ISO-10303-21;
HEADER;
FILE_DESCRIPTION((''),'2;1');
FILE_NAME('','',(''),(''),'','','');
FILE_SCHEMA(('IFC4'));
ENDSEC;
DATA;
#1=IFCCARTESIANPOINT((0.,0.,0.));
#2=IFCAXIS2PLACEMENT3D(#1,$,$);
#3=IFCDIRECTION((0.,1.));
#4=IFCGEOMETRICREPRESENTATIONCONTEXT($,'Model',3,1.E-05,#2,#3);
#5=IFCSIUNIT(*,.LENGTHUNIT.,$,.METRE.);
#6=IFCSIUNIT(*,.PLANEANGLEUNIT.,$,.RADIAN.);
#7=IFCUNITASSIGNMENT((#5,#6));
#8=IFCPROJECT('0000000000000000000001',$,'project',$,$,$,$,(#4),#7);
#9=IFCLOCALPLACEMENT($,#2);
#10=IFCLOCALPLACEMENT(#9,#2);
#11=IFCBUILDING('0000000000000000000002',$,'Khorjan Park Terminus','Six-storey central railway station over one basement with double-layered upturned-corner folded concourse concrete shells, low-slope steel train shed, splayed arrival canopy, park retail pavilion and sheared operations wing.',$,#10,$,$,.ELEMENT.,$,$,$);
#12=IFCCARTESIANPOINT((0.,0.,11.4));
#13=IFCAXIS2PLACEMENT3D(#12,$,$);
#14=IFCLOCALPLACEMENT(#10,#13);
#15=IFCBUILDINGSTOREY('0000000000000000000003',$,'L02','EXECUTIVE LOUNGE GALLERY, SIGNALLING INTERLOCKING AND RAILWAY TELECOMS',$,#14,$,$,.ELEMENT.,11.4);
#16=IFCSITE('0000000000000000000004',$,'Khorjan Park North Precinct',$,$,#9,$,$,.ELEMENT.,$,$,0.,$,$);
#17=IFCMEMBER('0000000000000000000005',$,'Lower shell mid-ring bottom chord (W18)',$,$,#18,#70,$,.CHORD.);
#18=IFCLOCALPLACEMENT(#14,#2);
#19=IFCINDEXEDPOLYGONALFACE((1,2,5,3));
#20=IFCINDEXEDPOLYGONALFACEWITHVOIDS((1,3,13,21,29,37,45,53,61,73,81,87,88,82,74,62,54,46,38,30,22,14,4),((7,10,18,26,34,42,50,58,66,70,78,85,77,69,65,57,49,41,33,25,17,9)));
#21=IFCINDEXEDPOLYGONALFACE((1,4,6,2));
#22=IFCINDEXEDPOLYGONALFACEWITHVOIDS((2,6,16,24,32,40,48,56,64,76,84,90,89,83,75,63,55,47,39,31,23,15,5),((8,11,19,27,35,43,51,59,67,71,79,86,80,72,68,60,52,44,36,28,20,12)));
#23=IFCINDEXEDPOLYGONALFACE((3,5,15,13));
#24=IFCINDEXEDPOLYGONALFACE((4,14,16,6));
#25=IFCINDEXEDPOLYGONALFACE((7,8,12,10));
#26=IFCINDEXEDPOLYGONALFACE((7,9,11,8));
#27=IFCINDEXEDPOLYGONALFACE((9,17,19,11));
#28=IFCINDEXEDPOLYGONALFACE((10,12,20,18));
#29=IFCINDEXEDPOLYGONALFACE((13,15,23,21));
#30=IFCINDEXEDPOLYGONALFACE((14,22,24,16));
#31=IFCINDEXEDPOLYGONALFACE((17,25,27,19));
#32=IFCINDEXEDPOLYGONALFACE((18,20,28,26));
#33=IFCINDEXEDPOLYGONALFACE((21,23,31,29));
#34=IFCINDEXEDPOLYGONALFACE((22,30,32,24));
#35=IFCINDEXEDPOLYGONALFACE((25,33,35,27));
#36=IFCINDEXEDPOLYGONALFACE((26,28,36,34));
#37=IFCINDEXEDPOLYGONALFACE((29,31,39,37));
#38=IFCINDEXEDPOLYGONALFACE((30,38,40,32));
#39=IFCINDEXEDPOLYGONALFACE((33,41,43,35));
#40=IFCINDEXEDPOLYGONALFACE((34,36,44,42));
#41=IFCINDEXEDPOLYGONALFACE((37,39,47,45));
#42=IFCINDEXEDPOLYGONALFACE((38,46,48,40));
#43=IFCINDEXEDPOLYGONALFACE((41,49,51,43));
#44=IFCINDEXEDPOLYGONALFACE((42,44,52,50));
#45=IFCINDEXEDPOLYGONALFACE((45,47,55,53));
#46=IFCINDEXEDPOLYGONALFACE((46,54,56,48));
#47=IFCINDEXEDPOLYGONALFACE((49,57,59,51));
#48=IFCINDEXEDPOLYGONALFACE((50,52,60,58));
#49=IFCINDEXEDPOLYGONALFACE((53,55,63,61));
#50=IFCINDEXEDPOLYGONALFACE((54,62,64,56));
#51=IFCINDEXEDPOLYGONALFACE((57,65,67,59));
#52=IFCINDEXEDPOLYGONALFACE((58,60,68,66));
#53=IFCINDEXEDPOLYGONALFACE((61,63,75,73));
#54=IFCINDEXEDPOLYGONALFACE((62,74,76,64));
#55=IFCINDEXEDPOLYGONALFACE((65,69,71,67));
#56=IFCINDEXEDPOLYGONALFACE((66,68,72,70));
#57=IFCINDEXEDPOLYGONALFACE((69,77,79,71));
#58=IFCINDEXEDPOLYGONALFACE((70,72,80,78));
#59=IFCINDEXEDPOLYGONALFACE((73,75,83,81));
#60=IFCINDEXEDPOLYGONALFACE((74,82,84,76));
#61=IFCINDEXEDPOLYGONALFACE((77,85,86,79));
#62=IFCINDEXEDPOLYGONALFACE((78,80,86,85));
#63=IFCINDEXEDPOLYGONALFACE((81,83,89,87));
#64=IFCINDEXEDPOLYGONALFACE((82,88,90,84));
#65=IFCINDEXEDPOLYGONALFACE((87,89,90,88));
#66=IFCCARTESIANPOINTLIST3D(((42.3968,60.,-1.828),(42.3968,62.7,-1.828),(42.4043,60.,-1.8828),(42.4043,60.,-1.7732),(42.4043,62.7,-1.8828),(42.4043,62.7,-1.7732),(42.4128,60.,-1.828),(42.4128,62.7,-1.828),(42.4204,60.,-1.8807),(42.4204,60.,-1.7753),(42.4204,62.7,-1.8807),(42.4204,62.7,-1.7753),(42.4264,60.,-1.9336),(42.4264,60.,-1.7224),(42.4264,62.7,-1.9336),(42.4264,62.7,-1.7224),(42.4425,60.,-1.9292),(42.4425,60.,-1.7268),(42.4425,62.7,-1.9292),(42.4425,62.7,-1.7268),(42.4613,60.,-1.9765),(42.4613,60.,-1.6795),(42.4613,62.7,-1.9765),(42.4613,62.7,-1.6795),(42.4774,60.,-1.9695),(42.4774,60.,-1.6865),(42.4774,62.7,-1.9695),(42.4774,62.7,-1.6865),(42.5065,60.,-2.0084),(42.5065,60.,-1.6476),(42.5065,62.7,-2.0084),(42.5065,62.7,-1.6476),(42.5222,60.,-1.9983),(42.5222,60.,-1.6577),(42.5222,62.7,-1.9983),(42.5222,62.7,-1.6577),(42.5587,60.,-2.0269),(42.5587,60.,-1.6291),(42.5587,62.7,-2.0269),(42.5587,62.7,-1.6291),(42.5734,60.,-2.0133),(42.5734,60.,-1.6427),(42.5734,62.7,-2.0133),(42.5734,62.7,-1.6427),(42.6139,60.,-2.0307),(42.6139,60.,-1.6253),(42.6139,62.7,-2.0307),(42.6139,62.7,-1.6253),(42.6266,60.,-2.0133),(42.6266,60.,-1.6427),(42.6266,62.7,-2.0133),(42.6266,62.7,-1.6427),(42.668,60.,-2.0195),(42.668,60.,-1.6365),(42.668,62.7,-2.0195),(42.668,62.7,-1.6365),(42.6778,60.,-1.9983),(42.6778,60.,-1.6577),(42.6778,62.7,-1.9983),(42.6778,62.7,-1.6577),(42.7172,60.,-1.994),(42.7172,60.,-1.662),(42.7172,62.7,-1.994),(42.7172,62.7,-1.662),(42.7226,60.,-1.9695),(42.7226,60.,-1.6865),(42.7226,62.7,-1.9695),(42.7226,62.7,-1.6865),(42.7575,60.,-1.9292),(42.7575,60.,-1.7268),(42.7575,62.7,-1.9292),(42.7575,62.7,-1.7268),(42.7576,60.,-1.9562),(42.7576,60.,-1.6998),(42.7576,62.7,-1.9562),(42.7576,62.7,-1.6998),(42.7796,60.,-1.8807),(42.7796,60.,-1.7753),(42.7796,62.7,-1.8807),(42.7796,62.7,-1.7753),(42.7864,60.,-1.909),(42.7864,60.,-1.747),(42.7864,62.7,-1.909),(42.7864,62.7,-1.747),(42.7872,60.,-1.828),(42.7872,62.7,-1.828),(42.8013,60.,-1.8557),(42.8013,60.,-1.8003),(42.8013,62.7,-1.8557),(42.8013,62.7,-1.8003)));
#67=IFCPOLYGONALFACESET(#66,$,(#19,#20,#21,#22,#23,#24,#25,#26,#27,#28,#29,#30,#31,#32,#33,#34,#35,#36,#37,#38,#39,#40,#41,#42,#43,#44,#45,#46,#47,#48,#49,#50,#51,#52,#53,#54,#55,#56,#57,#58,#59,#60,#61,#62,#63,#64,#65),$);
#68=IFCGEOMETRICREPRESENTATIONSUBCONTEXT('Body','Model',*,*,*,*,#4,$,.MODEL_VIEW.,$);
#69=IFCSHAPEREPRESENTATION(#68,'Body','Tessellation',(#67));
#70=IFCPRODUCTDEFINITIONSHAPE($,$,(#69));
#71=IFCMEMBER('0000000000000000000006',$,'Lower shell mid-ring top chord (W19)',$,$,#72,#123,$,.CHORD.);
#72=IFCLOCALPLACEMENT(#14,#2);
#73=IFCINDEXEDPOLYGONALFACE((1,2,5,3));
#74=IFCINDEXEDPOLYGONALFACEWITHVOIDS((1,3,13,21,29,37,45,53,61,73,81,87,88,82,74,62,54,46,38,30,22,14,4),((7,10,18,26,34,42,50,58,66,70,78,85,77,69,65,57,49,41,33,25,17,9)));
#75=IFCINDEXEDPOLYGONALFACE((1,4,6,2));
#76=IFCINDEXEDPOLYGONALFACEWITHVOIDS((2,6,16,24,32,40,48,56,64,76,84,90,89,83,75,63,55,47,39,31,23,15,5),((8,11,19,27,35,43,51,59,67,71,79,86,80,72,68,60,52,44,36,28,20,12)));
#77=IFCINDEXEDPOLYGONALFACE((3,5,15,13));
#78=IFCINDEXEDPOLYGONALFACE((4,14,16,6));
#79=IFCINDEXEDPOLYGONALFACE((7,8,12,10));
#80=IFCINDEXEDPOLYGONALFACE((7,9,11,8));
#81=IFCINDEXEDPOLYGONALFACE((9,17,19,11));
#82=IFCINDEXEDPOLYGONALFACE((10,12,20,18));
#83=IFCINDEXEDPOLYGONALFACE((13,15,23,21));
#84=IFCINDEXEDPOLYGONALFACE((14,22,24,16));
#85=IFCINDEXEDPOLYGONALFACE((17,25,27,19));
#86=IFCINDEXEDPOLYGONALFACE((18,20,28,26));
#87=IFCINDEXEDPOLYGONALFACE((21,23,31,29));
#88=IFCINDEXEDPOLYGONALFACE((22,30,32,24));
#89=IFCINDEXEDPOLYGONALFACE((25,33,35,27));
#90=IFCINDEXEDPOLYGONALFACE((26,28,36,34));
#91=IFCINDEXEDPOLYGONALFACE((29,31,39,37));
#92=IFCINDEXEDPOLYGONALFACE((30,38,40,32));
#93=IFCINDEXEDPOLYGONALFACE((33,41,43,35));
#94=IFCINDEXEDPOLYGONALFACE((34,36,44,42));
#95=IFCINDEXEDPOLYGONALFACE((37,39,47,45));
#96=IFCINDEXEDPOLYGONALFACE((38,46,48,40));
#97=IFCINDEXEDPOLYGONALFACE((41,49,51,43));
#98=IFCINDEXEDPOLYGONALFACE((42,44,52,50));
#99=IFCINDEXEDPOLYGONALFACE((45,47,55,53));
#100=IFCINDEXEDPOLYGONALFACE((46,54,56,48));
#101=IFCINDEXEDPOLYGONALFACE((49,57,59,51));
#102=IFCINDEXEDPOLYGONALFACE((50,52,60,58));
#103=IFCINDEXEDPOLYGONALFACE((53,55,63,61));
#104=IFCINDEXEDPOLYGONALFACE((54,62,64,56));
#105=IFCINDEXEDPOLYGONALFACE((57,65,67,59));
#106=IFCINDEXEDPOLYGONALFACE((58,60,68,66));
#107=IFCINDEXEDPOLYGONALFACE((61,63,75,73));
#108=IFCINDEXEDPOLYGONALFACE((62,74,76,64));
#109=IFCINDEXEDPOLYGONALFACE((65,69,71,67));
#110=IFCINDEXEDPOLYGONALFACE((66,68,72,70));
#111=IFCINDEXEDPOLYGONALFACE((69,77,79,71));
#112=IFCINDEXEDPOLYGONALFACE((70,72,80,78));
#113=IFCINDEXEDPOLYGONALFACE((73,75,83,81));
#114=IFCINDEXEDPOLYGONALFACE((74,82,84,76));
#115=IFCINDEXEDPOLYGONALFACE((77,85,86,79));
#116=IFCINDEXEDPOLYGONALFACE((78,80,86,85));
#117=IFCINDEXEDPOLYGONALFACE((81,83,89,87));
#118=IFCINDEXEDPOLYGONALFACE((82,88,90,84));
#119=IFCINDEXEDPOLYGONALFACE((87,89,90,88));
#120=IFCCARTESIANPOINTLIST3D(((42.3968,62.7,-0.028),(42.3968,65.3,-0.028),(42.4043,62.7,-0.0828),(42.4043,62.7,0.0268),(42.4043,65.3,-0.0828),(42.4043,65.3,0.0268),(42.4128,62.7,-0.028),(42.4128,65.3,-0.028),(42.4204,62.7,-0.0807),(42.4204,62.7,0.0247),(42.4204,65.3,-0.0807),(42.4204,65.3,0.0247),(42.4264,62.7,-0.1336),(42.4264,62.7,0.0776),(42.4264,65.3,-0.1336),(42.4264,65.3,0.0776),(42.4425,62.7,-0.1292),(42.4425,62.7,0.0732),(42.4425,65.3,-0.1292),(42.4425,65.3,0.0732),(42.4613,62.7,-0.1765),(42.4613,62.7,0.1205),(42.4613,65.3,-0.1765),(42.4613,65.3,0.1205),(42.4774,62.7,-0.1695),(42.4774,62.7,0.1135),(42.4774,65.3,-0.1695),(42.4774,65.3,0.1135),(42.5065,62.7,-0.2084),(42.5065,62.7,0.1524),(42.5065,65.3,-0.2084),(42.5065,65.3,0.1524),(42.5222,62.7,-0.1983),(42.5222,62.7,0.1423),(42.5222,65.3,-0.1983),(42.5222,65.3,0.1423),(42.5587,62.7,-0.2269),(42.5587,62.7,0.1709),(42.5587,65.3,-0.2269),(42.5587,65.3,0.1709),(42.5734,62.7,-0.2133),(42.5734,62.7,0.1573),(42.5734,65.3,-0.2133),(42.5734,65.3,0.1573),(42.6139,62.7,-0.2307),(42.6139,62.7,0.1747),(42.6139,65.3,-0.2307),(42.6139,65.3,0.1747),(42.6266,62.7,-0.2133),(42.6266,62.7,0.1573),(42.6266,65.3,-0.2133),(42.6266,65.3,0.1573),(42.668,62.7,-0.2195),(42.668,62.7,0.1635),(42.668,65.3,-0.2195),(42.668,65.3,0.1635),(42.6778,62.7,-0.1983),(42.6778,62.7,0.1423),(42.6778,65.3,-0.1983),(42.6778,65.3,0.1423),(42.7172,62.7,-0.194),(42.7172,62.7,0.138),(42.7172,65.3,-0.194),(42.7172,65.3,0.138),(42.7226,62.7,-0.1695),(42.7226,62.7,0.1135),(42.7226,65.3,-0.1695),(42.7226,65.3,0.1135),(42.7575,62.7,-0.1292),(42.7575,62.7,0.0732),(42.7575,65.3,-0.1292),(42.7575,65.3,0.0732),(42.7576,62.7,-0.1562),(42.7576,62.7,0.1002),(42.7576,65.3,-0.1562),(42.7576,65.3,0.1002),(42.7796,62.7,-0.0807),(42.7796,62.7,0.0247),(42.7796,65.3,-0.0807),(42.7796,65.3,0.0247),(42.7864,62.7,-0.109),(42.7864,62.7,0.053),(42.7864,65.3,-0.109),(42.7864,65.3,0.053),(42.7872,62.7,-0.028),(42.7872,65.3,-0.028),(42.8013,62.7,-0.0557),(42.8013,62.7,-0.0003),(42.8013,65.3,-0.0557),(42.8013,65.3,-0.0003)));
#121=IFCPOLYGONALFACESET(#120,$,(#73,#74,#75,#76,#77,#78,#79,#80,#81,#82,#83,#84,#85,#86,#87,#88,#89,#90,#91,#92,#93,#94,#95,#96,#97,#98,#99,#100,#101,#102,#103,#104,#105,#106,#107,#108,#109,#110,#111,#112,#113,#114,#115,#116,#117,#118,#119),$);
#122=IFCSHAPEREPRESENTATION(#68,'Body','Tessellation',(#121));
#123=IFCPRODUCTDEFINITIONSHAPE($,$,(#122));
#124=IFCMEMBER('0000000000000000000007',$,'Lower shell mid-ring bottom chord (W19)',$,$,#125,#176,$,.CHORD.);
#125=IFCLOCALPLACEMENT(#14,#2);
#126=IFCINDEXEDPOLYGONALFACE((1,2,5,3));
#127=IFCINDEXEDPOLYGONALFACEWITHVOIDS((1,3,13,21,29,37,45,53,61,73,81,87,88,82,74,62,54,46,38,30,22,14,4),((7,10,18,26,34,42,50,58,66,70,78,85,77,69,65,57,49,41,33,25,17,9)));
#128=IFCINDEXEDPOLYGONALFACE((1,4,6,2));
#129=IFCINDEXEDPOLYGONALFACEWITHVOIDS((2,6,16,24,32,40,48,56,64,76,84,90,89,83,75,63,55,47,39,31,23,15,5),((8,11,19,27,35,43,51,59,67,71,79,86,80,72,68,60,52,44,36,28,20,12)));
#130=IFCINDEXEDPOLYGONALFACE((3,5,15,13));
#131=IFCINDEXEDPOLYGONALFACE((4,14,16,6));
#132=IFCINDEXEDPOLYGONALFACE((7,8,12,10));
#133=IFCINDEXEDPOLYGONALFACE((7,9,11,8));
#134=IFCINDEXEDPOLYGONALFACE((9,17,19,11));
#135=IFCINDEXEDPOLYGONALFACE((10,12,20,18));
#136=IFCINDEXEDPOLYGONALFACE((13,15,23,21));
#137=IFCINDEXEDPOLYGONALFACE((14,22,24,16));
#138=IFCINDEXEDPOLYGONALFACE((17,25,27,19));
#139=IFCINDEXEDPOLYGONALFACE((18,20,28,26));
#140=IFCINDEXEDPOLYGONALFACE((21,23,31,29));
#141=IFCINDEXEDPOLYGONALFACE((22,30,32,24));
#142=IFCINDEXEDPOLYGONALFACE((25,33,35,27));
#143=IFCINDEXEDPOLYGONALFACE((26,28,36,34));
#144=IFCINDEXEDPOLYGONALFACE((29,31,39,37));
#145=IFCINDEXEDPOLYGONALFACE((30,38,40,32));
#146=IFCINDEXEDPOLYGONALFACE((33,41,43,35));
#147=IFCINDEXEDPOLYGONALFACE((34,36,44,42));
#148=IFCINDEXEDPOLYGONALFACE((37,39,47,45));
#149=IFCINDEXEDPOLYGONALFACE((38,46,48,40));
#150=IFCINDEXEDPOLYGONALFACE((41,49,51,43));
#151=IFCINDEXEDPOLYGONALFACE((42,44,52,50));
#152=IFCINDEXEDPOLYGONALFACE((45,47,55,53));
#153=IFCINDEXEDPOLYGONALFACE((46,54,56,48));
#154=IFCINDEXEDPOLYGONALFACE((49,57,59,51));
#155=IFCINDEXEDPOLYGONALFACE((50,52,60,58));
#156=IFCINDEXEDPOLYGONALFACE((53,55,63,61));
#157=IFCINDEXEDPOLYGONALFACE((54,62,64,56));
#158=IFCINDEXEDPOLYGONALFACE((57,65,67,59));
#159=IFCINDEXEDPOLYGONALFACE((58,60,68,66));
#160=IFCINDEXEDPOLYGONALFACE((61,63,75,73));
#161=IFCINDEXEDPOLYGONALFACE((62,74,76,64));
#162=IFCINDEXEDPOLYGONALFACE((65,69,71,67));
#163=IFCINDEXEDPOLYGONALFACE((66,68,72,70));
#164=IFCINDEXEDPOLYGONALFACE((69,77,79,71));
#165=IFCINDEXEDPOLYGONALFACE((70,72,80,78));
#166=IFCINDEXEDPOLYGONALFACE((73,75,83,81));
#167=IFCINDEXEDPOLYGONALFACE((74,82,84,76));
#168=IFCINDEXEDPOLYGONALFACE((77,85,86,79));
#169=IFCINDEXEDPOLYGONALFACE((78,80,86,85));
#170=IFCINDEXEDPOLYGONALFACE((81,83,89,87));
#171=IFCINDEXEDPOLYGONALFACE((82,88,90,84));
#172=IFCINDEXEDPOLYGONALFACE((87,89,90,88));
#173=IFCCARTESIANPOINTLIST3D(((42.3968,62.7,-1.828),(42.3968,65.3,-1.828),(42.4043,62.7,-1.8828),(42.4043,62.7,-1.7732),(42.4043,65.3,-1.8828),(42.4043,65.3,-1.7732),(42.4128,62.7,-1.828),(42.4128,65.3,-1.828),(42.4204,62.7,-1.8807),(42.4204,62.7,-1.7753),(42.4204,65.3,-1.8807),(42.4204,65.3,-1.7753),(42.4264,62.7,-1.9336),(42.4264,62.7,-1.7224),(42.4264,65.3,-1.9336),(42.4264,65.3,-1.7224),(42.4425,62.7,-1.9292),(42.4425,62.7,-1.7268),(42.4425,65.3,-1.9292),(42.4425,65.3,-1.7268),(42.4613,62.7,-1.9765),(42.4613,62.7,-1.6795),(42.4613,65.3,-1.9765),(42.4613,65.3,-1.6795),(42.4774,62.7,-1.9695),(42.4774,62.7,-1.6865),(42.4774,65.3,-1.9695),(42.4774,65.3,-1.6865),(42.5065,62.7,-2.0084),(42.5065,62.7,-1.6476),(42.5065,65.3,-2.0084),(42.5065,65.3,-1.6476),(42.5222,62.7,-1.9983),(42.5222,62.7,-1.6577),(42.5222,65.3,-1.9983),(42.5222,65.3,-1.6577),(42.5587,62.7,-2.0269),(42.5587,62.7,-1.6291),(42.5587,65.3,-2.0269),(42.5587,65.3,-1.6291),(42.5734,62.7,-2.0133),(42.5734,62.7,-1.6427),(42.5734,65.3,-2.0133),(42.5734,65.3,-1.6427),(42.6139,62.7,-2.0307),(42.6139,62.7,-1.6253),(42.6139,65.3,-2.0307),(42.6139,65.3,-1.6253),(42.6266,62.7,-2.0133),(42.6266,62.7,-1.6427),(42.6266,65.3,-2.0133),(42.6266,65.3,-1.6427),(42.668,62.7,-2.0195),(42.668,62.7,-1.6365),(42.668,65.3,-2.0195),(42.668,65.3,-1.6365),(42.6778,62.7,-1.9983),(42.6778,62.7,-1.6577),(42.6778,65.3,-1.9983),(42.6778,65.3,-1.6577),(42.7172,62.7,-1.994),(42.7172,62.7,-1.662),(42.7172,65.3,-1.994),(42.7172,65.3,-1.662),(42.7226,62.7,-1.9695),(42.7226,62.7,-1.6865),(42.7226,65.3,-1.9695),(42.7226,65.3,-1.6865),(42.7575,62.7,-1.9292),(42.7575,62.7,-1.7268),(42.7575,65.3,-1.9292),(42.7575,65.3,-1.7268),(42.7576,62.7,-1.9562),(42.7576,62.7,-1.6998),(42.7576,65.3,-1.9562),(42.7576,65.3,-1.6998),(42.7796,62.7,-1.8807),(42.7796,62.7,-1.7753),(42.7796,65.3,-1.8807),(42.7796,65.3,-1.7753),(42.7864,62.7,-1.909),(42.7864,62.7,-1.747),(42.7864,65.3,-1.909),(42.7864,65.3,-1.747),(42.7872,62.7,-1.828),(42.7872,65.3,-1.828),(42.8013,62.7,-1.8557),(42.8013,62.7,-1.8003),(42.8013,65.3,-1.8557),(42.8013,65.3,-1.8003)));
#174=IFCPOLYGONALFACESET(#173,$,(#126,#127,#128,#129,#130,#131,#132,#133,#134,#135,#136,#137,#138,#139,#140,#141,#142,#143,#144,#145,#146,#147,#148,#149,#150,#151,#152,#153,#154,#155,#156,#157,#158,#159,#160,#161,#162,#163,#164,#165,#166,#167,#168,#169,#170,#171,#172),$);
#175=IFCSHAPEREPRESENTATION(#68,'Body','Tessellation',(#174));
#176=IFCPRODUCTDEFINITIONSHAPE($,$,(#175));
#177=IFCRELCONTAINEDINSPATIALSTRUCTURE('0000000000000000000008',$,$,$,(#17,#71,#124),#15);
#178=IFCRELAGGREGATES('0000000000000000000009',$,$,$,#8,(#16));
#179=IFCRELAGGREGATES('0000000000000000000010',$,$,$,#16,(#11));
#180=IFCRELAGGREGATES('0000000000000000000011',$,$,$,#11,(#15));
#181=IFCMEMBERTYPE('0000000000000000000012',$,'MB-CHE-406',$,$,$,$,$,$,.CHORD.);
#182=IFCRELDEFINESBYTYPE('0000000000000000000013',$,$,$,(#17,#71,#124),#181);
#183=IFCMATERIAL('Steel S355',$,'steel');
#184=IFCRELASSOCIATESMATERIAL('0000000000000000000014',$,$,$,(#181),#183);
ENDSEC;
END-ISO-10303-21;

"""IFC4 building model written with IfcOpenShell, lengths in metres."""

from ifc_helpers import new_model, si_unit, direction, frame, origin, origin_2d, place, context, subcontext, project, spatial, hollow_circle, extrude, material, material_profile, profile_set, type_object, element, save


model = new_model("IFC4")

# Units and contexts
model_context = context("Model", 3, precision=1e-05, world=origin(), true_north=direction((0.0, 1.0)))
body_context = subcontext(model_context, "Body", "Model", "MODEL_VIEW")
ifc_project = project(units=[si_unit("LENGTHUNIT", "METRE"), si_unit("PLANEANGLEUNIT", "RADIAN")], contexts=[model_context])

# Site, building, storey
site_placement = place(None, origin())
site = spatial("IfcSite", under=ifc_project, at=site_placement, Name="Khorjan Park North Precinct", CompositionType="ELEMENT", RefElevation=0.0)
building_placement = place(site_placement, origin())
building = spatial("IfcBuilding", under=site, at=building_placement, Name="Khorjan Park Terminus", Description="Six-storey central railway station over one basement with double-layered upturned-corner folded concourse concrete shells, low-slope steel train shed, splayed arrival canopy, park retail pavilion and sheared operations wing.", CompositionType="ELEMENT")
storey_placement = place(building_placement, frame((0.0, 0.0, 11.4)))
storey = spatial("IfcBuildingStorey", under=building, at=storey_placement, Name="L02", Description="EXECUTIVE LOUNGE GALLERY, SIGNALLING INTERLOCKING AND RAILWAY TELECOMS", CompositionType="ELEMENT", Elevation=11.4)

# Members
ifc_material_1 = material(Name="Steel S355", Category="steel")
ifc_material_profile_1 = material_profile(ifc_material_1, hollow_circle(Radius=0.2032, WallThickness=0.016, at=origin_2d()), Name="CHS 406.4x16")
ifc_profile_set_1 = profile_set([ifc_material_profile_1], Name="Steel S355")
member_type_1 = type_object("IfcMemberType", Name="MB-CHE-406", PredefinedType="CHORD", material=ifc_profile_set_1)
member_1_placement = place(storey_placement, frame((42.6, 60.0, -1.828), z_axis=(0.0, 1.0, 0.0), x_axis=(-1.0, 0.0, 0.0)))
element("IfcMember", 1, at=member_1_placement, inside=storey, type_object=member_type_1, Name="Lower shell mid-ring bottom chord (W18)", PredefinedType="CHORD", context=body_context, shape_type="SweptSolid", body=[
    extrude(hollow_circle(Radius=0.2032, WallThickness=0.016, at=origin_2d()), origin(), (0.0, 0.0, 1.0), 2.7),
])
for number, where, z_axis, x_axis, name in (
    (2, (42.6, 62.7, -0.028), (0.0, 1.0, 0.0), (-1.0, 0.0, 0.0), "Lower shell mid-ring top chord (W19)"),
    (3, (42.6, 62.7, -1.828), (0.0, 1.0, 0.0), (-1.0, 0.0, 0.0), "Lower shell mid-ring bottom chord (W19)"),
):
    element("IfcMember", number, at=place(storey_placement, frame(where, z_axis=z_axis, x_axis=x_axis)), inside=storey, type_object=member_type_1, Name=name, PredefinedType="CHORD", context=body_context, shape_type="SweptSolid", body=[
        extrude(hollow_circle(Radius=0.2032, WallThickness=0.016, at=origin_2d()), origin(), (0.0, 0.0, 1.0), 2.6),
    ])

save(model, "model.ifc")
